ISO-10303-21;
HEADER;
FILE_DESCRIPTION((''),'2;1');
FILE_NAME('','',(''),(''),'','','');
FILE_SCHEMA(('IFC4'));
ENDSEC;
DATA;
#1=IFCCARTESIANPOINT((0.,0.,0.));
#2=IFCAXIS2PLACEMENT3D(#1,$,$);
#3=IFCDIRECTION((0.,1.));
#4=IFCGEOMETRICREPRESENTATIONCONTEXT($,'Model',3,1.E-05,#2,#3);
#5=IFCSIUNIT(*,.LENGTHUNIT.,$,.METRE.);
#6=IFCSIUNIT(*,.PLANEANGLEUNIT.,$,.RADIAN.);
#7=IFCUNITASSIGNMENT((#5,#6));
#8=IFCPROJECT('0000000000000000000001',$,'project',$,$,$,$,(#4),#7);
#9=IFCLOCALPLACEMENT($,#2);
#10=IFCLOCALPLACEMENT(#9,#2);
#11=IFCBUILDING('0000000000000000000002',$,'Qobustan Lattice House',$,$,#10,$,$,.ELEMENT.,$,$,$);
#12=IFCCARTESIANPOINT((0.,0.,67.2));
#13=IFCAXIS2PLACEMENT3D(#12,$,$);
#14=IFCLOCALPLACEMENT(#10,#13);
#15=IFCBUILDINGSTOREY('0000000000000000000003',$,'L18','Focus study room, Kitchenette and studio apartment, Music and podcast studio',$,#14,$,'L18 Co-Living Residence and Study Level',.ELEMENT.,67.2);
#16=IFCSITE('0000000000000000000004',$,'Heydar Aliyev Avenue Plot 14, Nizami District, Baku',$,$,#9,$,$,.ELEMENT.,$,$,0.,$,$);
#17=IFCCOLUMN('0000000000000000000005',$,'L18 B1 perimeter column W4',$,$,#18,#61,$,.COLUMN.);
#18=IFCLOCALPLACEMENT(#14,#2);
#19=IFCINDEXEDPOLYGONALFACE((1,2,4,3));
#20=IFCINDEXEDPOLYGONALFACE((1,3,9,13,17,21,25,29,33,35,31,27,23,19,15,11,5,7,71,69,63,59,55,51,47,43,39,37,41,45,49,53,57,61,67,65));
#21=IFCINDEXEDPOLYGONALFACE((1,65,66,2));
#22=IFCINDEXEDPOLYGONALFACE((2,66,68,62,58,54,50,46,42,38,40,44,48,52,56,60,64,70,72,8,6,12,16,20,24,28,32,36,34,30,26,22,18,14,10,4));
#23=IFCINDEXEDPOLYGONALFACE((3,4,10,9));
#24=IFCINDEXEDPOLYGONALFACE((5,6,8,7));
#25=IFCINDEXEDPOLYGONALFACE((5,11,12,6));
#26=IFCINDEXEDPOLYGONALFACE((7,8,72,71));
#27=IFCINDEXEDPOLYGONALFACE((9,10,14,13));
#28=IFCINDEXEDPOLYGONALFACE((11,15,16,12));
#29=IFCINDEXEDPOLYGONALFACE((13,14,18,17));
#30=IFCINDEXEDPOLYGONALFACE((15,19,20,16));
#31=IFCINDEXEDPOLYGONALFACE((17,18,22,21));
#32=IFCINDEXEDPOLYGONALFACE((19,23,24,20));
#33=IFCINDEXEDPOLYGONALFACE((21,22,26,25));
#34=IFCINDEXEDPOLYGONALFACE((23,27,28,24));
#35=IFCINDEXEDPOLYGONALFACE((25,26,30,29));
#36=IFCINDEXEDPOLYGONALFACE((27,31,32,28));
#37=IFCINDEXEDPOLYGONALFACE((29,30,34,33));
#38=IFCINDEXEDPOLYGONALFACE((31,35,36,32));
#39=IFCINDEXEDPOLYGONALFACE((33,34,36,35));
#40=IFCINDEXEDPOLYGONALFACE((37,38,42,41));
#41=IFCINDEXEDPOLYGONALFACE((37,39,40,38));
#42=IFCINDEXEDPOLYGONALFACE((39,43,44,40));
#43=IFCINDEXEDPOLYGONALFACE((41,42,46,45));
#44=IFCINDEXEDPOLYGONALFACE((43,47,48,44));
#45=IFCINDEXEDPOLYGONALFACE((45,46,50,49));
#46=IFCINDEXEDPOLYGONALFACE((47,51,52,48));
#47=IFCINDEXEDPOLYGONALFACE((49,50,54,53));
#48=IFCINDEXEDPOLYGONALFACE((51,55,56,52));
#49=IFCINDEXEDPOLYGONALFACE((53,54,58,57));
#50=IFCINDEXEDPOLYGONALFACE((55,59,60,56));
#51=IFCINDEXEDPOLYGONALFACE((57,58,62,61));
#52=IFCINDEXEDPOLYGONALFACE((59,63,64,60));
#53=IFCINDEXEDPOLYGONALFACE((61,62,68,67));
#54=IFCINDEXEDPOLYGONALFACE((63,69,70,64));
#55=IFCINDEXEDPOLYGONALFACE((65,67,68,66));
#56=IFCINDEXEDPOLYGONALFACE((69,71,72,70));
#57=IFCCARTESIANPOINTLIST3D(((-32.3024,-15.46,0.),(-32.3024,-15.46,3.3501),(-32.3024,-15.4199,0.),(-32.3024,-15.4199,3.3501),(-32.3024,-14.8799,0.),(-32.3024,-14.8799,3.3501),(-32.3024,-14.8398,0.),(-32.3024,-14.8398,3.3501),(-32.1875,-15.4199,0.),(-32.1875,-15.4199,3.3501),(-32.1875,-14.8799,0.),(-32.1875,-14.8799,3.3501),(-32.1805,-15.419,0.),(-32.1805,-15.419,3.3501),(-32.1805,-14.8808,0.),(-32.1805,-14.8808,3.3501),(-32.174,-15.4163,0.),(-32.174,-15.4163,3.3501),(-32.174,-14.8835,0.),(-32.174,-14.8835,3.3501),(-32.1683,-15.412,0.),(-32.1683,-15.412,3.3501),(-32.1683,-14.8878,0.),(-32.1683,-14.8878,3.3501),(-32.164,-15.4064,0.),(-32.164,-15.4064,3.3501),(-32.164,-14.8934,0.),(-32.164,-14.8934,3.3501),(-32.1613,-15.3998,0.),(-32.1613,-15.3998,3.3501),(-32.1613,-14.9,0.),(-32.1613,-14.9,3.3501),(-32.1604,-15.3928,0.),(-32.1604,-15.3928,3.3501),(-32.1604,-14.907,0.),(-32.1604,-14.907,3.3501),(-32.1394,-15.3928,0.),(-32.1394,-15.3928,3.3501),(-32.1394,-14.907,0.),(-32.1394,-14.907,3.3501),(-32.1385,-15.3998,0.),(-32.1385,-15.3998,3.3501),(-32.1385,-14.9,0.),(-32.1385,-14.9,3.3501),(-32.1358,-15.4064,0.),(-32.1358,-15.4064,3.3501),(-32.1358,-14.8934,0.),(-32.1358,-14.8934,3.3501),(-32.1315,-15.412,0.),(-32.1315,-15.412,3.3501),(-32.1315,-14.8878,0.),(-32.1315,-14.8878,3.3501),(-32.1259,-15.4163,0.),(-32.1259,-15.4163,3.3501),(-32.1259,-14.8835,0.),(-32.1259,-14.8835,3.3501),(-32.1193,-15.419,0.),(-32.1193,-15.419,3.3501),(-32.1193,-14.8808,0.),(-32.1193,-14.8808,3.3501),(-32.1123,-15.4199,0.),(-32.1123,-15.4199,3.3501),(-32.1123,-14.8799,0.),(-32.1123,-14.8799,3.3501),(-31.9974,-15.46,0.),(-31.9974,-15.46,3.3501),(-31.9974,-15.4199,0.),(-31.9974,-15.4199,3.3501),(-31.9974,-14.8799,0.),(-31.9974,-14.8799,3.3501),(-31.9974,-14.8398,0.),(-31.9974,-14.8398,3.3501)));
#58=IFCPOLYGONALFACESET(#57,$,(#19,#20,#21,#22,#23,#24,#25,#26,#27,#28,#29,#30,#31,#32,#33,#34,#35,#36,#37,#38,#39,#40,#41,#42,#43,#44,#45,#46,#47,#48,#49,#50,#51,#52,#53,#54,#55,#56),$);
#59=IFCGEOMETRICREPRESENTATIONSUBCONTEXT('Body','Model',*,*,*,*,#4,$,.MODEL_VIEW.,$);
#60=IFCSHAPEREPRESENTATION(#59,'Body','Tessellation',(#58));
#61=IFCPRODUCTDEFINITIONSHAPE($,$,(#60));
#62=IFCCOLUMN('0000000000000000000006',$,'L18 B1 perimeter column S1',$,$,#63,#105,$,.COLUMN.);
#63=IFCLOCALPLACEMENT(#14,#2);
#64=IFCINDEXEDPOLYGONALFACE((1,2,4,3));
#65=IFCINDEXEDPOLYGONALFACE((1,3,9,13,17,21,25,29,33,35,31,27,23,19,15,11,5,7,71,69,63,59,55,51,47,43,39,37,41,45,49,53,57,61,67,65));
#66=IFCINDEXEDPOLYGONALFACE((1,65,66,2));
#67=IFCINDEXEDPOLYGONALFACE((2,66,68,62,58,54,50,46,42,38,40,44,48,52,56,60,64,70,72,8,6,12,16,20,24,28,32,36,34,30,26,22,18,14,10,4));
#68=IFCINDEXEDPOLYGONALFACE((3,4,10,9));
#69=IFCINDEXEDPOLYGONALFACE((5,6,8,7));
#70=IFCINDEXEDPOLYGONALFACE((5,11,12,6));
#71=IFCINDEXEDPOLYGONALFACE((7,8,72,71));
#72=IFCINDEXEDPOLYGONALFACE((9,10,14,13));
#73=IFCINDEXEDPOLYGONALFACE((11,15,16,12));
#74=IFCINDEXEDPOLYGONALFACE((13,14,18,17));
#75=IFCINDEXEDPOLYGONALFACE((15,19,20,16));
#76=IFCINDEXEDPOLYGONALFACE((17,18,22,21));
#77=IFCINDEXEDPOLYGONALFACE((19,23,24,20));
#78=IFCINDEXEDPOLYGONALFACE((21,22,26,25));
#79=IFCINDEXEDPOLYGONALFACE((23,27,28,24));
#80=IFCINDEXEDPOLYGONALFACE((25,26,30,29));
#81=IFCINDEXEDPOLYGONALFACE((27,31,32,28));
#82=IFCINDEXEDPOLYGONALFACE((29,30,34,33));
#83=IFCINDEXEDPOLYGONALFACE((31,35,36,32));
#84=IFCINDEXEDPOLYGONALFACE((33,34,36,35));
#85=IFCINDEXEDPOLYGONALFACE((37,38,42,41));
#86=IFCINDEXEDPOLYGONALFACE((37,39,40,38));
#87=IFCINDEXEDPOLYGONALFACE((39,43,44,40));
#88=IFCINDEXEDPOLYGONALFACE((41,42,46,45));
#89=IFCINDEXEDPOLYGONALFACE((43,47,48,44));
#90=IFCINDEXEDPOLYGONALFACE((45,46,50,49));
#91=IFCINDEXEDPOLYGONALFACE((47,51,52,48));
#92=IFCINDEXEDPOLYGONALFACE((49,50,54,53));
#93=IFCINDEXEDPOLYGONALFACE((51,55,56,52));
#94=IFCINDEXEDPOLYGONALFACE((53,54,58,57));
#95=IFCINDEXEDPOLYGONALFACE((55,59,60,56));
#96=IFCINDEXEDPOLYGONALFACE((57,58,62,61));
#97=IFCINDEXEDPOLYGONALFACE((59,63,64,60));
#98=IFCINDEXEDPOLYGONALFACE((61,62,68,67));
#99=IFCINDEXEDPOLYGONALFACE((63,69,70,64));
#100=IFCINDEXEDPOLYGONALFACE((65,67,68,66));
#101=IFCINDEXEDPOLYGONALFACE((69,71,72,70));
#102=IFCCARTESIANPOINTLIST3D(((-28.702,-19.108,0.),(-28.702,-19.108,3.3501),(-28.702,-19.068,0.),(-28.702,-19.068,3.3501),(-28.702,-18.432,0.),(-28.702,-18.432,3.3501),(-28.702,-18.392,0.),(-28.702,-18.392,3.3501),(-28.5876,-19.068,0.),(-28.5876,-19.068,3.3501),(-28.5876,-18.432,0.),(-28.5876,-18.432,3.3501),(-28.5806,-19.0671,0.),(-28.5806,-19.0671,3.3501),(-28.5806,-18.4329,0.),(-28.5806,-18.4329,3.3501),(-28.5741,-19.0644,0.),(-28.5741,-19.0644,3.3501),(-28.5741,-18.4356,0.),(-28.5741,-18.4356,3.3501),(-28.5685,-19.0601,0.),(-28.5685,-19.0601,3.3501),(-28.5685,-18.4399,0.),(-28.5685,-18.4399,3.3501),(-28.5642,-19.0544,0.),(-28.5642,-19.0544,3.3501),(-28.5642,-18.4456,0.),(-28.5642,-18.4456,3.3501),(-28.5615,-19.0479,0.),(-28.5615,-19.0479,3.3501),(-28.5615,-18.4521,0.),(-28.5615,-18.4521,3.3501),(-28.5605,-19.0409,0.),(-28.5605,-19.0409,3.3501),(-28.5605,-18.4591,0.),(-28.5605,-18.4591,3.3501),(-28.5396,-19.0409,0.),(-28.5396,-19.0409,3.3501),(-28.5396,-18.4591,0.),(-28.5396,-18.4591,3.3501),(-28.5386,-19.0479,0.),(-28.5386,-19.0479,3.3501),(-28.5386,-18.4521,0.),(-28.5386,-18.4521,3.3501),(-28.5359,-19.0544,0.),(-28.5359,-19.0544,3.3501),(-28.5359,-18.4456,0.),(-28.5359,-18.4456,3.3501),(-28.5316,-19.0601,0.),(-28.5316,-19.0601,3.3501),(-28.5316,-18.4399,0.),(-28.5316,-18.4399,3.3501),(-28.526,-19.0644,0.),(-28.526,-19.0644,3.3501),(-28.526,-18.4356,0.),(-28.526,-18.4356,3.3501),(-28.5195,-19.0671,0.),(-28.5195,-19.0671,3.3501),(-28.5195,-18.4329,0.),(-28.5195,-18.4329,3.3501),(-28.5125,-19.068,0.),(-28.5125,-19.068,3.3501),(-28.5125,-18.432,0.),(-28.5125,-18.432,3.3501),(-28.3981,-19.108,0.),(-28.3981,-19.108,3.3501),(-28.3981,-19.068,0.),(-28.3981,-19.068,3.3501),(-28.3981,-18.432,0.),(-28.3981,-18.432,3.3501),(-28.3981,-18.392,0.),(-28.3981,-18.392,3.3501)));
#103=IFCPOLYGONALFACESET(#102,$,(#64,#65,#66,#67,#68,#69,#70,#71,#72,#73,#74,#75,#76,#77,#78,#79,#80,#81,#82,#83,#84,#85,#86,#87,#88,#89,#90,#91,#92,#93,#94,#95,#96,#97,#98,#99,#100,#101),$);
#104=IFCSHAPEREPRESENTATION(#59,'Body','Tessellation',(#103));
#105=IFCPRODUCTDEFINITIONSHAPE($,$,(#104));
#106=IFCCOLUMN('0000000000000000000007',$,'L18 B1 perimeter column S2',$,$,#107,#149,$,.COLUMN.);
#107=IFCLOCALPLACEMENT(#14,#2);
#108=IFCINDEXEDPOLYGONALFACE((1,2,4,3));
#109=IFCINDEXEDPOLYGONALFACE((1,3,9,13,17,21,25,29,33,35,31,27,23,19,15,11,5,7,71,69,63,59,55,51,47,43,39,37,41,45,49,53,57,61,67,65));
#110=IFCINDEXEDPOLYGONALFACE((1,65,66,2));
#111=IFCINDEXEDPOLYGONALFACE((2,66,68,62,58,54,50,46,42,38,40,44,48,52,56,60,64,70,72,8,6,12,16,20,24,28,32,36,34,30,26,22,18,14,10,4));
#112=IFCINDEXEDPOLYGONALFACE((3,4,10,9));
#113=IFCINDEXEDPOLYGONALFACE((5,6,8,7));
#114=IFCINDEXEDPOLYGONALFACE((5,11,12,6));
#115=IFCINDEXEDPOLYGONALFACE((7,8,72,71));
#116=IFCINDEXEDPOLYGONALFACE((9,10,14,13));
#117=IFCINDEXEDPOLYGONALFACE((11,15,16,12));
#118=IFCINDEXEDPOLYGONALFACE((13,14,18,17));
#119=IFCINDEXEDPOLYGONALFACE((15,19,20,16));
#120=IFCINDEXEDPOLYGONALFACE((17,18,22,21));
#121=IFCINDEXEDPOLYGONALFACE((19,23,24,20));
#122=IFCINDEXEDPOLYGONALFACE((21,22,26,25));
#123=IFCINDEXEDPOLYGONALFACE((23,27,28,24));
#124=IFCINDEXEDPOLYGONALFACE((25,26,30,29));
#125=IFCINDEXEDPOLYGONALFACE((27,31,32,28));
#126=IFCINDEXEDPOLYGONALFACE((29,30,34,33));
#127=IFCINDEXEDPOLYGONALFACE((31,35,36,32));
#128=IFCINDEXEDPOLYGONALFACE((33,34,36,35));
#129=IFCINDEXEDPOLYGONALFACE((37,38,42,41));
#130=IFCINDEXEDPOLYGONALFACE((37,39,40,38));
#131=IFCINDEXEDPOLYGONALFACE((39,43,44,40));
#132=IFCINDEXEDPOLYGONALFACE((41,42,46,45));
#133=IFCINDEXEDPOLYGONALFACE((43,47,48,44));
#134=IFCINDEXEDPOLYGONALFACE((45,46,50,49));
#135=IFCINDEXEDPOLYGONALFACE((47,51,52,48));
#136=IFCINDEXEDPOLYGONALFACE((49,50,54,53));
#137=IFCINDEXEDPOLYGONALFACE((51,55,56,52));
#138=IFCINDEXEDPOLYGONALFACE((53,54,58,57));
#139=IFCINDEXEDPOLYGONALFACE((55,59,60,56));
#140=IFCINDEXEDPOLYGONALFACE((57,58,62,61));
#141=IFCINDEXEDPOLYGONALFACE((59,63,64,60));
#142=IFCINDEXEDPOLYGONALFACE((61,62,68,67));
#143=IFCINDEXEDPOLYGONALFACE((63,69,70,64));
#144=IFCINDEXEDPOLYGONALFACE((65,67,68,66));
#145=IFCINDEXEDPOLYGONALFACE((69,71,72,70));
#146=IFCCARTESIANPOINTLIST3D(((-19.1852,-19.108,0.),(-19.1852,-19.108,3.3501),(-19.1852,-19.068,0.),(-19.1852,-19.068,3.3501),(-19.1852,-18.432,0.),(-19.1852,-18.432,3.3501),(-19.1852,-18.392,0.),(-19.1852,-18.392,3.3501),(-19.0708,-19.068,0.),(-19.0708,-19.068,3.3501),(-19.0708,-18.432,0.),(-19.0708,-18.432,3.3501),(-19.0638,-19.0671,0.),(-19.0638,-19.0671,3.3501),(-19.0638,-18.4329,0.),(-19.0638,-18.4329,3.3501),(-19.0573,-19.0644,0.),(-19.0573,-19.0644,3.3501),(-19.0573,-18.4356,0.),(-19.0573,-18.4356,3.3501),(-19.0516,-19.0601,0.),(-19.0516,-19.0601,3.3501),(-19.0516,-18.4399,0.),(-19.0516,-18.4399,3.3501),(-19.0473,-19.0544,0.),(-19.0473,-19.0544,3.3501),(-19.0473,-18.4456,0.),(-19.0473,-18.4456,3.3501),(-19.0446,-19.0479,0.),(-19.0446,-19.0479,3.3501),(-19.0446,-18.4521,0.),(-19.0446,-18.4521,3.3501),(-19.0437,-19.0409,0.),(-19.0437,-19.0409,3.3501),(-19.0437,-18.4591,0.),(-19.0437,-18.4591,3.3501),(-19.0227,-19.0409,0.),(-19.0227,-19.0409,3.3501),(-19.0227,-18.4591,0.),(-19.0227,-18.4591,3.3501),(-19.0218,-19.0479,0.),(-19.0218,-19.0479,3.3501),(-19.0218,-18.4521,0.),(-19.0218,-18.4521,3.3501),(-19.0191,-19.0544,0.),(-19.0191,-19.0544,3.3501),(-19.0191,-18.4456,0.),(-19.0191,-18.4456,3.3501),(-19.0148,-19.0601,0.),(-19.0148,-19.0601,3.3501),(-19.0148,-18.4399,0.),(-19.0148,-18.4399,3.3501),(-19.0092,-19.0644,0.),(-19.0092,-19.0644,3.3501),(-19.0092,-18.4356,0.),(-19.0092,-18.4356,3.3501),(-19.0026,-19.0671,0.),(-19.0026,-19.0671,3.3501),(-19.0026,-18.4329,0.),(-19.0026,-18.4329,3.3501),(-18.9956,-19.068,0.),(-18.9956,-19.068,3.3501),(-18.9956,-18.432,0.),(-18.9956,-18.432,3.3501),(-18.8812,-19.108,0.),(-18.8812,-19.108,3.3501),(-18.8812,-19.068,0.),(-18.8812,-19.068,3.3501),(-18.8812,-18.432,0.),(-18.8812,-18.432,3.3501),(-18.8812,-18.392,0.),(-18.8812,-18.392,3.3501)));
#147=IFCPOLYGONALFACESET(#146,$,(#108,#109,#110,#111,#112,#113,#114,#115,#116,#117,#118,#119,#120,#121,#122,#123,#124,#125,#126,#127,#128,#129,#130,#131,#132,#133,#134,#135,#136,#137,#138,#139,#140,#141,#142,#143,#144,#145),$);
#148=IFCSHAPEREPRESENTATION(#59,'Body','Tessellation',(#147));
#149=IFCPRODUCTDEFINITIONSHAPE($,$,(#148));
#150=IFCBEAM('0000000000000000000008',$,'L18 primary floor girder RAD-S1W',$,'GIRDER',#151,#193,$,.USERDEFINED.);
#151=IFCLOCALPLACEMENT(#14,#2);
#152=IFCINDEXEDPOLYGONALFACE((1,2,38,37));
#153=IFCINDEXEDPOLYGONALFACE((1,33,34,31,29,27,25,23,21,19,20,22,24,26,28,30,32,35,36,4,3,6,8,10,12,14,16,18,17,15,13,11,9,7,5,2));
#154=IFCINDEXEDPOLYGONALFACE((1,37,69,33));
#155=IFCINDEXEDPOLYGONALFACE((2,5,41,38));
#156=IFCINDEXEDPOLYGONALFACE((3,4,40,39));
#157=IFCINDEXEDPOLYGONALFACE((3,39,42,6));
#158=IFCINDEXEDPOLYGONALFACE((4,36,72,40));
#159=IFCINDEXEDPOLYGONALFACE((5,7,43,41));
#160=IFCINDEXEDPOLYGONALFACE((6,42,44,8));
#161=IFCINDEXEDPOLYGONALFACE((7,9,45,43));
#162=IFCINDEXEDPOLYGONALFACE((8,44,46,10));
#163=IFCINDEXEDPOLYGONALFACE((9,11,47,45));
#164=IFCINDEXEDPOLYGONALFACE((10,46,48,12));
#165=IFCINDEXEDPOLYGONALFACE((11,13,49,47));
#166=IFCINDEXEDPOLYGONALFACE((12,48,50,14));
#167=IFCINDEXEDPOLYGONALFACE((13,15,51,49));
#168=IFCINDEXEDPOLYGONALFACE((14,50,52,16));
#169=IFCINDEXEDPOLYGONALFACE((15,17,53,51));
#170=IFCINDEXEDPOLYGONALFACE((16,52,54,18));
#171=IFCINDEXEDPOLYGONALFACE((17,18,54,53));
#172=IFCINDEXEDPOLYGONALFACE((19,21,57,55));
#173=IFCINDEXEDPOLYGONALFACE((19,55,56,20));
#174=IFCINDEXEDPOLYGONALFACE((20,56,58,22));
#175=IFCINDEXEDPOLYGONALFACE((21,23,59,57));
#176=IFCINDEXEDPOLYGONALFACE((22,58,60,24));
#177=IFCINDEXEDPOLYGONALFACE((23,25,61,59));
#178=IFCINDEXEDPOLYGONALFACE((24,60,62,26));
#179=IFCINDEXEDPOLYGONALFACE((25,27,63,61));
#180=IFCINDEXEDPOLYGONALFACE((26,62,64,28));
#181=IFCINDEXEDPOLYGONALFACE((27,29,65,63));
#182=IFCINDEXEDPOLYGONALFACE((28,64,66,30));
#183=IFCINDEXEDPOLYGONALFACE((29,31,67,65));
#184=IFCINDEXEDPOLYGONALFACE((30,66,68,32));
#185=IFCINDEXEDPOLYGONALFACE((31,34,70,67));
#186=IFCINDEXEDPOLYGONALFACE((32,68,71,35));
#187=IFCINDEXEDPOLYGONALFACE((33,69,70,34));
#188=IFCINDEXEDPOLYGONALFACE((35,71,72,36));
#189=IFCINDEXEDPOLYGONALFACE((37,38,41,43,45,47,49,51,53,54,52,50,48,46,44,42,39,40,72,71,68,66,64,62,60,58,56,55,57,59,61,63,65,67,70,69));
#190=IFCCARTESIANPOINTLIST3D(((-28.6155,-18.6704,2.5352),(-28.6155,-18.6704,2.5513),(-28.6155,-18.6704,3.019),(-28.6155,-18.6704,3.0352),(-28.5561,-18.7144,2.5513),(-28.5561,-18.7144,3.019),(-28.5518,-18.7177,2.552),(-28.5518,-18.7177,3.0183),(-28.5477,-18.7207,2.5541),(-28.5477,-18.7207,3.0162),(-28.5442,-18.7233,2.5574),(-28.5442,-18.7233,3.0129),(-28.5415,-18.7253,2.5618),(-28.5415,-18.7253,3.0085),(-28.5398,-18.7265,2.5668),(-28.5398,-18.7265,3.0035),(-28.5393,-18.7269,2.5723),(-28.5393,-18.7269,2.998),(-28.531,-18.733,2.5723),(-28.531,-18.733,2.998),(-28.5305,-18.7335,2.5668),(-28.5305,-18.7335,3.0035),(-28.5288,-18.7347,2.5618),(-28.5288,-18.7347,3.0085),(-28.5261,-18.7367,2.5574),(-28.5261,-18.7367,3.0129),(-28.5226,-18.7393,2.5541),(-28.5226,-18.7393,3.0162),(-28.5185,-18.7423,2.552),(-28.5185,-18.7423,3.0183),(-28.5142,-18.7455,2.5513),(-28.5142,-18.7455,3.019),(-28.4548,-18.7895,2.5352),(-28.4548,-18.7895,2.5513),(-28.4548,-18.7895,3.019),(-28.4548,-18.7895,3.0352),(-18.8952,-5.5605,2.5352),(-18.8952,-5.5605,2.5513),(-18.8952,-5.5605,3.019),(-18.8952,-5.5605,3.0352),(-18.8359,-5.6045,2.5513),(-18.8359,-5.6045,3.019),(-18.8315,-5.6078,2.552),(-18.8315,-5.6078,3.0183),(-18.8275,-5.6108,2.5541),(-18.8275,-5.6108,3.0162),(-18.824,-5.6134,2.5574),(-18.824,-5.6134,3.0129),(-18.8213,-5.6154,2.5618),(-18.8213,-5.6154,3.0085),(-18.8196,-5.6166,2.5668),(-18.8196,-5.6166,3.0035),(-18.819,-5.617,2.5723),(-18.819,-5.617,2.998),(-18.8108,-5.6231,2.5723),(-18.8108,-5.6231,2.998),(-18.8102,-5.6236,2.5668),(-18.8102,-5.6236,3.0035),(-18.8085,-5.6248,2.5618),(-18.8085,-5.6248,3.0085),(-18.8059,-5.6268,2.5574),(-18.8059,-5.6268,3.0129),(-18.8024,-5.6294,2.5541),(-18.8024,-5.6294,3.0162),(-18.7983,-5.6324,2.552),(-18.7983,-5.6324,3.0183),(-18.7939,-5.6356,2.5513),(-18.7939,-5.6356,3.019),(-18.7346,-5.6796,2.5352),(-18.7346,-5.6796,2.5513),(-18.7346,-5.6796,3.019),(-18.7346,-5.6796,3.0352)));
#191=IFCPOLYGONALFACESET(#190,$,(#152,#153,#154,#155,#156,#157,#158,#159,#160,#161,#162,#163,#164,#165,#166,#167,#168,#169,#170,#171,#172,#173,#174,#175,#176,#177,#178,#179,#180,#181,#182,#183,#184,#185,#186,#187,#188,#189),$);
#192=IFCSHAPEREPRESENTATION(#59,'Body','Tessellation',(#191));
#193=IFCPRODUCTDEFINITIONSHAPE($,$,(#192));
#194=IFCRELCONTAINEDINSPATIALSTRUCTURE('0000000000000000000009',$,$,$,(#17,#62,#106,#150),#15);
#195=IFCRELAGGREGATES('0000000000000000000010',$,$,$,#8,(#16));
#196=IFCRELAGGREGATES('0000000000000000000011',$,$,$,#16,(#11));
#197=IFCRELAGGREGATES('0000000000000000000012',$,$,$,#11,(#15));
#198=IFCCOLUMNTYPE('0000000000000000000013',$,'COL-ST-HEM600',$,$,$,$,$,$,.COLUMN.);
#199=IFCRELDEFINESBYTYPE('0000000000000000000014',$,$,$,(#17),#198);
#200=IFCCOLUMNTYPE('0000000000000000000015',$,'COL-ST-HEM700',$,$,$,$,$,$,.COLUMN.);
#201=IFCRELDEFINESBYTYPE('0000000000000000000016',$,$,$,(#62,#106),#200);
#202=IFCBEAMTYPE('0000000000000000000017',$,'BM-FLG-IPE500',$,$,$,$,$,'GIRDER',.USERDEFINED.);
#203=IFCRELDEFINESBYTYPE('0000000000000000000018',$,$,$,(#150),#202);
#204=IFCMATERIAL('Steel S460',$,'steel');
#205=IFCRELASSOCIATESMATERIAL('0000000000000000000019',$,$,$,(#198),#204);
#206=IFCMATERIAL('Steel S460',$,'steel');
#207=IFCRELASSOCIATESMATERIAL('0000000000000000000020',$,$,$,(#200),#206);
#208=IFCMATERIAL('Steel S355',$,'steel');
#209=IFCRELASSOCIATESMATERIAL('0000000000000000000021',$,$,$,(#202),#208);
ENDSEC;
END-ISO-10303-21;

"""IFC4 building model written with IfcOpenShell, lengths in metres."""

from ifc_helpers import new_model, si_unit, direction, frame, origin, origin_2d, place, context, subcontext, project, spatial, i_section, extrude, material, material_profile, profile_set, type_object, element, save


model = new_model("IFC4")

# Units and contexts
model_context = context("Model", 3, precision=1e-05, world=origin(), true_north=direction((0.0, 1.0)))
body_context = subcontext(model_context, "Body", "Model", "MODEL_VIEW")
ifc_project = project(units=[si_unit("LENGTHUNIT", "METRE"), si_unit("PLANEANGLEUNIT", "RADIAN")], contexts=[model_context])

# Site, building, storey
site_placement = place(None, origin())
site = spatial("IfcSite", under=ifc_project, at=site_placement, Name="Heydar Aliyev Avenue Plot 14, Nizami District, Baku", CompositionType="ELEMENT", RefElevation=0.0)
building_placement = place(site_placement, origin())
building = spatial("IfcBuilding", under=site, at=building_placement, Name="Qobustan Lattice House", CompositionType="ELEMENT")
storey_placement = place(building_placement, frame((0.0, 0.0, 67.2)))
storey = spatial("IfcBuildingStorey", under=building, at=storey_placement, Name="L18", Description="Focus study room, Kitchenette and studio apartment, Music and podcast studio", LongName="L18 Co-Living Residence and Study Level", CompositionType="ELEMENT", Elevation=67.2)

# Columns
ifc_material_1 = material(Name="Steel S460", Category="steel")
ifc_material_profile_1 = material_profile(ifc_material_1, i_section(OverallWidth=0.3049, OverallDepth=0.6201, WebThickness=0.021, FlangeThickness=0.04, FilletRadius=0.0271, at=origin_2d()), Name="HEM600")
ifc_profile_set_1 = profile_set([ifc_material_profile_1], Name="Steel S460")
column_type_1 = type_object("IfcColumnType", Name="COL-ST-HEM600", PredefinedType="COLUMN", material=ifc_profile_set_1)
column_placement = place(storey_placement, frame((-32.1499, -15.1499, 0.0), z_axis=(0.0, 0.0, 1.0), x_axis=(1.0, 0.0, 0.0)))
element("IfcColumn", 1, at=column_placement, inside=storey, type_object=column_type_1, Name="L18 B1 perimeter column W4", PredefinedType="COLUMN", context=body_context, shape_type="SweptSolid", body=[
    extrude(i_section(OverallWidth=0.3049, OverallDepth=0.6201, WebThickness=0.021, FlangeThickness=0.04, FilletRadius=0.0271, at=origin_2d()), origin(), (0.0, 0.0, 1.0), 3.3501),
])
ifc_material_2 = material(Name="Steel S460", Category="steel")
ifc_material_profile_2 = material_profile(ifc_material_2, i_section(OverallWidth=0.304, OverallDepth=0.7161, WebThickness=0.021, FlangeThickness=0.04, FilletRadius=0.0271, at=origin_2d()), Name="HEM700")
ifc_profile_set_2 = profile_set([ifc_material_profile_2], Name="Steel S460")
column_type_2 = type_object("IfcColumnType", Name="COL-ST-HEM700", PredefinedType="COLUMN", material=ifc_profile_set_2)
for number, where, z_axis, x_axis, name in (
    (2, (-28.55, -18.75, 0.0), (0.0, 0.0, 1.0), (1.0, 0.0, 0.0), "L18 B1 perimeter column S1"),
    (3, (-19.0332, -18.75, 0.0), (0.0, 0.0, 1.0), (1.0, 0.0, 0.0), "L18 B1 perimeter column S2"),
):
    element("IfcColumn", number, at=place(storey_placement, frame(where, z_axis=z_axis, x_axis=x_axis)), inside=storey, type_object=column_type_2, Name=name, PredefinedType="COLUMN", context=body_context, shape_type="SweptSolid", body=[
        extrude(i_section(OverallWidth=0.304, OverallDepth=0.7161, WebThickness=0.021, FlangeThickness=0.04, FilletRadius=0.0271, at=origin_2d()), origin(), (0.0, 0.0, 1.0), 3.3501),
    ])

# Beam
ifc_material_3 = material(Name="Steel S355", Category="steel")
ifc_material_profile_3 = material_profile(ifc_material_3, i_section(OverallWidth=0.2, OverallDepth=0.5, WebThickness=0.0103, FlangeThickness=0.0161, FilletRadius=0.021, at=origin_2d()), Name="IPE500")
ifc_profile_set_3 = profile_set([ifc_material_profile_3], Name="Steel S355")
beam_type_1 = type_object("IfcBeamType", Name="BM-FLG-IPE500", ElementType="GIRDER", PredefinedType="USERDEFINED", material=ifc_profile_set_3)
beam_1_placement = place(storey_placement, frame((-28.5352, -18.73, 2.7852), z_axis=(0.595592, 0.803287, 0.0), x_axis=(-0.803287, 0.595592, 0.0)))
element("IfcBeam", 4, at=beam_1_placement, inside=storey, type_object=beam_type_1, Name="L18 primary floor girder RAD-S1W", ObjectType="GIRDER", PredefinedType="USERDEFINED", context=body_context, shape_type="SweptSolid", body=[
    extrude(i_section(OverallWidth=0.2, OverallDepth=0.5, WebThickness=0.0103, FlangeThickness=0.0161, FilletRadius=0.021, at=origin_2d()), origin(), (0.0, 0.0, 1.0), 16.3203),
])

save(model, "model.ifc")
